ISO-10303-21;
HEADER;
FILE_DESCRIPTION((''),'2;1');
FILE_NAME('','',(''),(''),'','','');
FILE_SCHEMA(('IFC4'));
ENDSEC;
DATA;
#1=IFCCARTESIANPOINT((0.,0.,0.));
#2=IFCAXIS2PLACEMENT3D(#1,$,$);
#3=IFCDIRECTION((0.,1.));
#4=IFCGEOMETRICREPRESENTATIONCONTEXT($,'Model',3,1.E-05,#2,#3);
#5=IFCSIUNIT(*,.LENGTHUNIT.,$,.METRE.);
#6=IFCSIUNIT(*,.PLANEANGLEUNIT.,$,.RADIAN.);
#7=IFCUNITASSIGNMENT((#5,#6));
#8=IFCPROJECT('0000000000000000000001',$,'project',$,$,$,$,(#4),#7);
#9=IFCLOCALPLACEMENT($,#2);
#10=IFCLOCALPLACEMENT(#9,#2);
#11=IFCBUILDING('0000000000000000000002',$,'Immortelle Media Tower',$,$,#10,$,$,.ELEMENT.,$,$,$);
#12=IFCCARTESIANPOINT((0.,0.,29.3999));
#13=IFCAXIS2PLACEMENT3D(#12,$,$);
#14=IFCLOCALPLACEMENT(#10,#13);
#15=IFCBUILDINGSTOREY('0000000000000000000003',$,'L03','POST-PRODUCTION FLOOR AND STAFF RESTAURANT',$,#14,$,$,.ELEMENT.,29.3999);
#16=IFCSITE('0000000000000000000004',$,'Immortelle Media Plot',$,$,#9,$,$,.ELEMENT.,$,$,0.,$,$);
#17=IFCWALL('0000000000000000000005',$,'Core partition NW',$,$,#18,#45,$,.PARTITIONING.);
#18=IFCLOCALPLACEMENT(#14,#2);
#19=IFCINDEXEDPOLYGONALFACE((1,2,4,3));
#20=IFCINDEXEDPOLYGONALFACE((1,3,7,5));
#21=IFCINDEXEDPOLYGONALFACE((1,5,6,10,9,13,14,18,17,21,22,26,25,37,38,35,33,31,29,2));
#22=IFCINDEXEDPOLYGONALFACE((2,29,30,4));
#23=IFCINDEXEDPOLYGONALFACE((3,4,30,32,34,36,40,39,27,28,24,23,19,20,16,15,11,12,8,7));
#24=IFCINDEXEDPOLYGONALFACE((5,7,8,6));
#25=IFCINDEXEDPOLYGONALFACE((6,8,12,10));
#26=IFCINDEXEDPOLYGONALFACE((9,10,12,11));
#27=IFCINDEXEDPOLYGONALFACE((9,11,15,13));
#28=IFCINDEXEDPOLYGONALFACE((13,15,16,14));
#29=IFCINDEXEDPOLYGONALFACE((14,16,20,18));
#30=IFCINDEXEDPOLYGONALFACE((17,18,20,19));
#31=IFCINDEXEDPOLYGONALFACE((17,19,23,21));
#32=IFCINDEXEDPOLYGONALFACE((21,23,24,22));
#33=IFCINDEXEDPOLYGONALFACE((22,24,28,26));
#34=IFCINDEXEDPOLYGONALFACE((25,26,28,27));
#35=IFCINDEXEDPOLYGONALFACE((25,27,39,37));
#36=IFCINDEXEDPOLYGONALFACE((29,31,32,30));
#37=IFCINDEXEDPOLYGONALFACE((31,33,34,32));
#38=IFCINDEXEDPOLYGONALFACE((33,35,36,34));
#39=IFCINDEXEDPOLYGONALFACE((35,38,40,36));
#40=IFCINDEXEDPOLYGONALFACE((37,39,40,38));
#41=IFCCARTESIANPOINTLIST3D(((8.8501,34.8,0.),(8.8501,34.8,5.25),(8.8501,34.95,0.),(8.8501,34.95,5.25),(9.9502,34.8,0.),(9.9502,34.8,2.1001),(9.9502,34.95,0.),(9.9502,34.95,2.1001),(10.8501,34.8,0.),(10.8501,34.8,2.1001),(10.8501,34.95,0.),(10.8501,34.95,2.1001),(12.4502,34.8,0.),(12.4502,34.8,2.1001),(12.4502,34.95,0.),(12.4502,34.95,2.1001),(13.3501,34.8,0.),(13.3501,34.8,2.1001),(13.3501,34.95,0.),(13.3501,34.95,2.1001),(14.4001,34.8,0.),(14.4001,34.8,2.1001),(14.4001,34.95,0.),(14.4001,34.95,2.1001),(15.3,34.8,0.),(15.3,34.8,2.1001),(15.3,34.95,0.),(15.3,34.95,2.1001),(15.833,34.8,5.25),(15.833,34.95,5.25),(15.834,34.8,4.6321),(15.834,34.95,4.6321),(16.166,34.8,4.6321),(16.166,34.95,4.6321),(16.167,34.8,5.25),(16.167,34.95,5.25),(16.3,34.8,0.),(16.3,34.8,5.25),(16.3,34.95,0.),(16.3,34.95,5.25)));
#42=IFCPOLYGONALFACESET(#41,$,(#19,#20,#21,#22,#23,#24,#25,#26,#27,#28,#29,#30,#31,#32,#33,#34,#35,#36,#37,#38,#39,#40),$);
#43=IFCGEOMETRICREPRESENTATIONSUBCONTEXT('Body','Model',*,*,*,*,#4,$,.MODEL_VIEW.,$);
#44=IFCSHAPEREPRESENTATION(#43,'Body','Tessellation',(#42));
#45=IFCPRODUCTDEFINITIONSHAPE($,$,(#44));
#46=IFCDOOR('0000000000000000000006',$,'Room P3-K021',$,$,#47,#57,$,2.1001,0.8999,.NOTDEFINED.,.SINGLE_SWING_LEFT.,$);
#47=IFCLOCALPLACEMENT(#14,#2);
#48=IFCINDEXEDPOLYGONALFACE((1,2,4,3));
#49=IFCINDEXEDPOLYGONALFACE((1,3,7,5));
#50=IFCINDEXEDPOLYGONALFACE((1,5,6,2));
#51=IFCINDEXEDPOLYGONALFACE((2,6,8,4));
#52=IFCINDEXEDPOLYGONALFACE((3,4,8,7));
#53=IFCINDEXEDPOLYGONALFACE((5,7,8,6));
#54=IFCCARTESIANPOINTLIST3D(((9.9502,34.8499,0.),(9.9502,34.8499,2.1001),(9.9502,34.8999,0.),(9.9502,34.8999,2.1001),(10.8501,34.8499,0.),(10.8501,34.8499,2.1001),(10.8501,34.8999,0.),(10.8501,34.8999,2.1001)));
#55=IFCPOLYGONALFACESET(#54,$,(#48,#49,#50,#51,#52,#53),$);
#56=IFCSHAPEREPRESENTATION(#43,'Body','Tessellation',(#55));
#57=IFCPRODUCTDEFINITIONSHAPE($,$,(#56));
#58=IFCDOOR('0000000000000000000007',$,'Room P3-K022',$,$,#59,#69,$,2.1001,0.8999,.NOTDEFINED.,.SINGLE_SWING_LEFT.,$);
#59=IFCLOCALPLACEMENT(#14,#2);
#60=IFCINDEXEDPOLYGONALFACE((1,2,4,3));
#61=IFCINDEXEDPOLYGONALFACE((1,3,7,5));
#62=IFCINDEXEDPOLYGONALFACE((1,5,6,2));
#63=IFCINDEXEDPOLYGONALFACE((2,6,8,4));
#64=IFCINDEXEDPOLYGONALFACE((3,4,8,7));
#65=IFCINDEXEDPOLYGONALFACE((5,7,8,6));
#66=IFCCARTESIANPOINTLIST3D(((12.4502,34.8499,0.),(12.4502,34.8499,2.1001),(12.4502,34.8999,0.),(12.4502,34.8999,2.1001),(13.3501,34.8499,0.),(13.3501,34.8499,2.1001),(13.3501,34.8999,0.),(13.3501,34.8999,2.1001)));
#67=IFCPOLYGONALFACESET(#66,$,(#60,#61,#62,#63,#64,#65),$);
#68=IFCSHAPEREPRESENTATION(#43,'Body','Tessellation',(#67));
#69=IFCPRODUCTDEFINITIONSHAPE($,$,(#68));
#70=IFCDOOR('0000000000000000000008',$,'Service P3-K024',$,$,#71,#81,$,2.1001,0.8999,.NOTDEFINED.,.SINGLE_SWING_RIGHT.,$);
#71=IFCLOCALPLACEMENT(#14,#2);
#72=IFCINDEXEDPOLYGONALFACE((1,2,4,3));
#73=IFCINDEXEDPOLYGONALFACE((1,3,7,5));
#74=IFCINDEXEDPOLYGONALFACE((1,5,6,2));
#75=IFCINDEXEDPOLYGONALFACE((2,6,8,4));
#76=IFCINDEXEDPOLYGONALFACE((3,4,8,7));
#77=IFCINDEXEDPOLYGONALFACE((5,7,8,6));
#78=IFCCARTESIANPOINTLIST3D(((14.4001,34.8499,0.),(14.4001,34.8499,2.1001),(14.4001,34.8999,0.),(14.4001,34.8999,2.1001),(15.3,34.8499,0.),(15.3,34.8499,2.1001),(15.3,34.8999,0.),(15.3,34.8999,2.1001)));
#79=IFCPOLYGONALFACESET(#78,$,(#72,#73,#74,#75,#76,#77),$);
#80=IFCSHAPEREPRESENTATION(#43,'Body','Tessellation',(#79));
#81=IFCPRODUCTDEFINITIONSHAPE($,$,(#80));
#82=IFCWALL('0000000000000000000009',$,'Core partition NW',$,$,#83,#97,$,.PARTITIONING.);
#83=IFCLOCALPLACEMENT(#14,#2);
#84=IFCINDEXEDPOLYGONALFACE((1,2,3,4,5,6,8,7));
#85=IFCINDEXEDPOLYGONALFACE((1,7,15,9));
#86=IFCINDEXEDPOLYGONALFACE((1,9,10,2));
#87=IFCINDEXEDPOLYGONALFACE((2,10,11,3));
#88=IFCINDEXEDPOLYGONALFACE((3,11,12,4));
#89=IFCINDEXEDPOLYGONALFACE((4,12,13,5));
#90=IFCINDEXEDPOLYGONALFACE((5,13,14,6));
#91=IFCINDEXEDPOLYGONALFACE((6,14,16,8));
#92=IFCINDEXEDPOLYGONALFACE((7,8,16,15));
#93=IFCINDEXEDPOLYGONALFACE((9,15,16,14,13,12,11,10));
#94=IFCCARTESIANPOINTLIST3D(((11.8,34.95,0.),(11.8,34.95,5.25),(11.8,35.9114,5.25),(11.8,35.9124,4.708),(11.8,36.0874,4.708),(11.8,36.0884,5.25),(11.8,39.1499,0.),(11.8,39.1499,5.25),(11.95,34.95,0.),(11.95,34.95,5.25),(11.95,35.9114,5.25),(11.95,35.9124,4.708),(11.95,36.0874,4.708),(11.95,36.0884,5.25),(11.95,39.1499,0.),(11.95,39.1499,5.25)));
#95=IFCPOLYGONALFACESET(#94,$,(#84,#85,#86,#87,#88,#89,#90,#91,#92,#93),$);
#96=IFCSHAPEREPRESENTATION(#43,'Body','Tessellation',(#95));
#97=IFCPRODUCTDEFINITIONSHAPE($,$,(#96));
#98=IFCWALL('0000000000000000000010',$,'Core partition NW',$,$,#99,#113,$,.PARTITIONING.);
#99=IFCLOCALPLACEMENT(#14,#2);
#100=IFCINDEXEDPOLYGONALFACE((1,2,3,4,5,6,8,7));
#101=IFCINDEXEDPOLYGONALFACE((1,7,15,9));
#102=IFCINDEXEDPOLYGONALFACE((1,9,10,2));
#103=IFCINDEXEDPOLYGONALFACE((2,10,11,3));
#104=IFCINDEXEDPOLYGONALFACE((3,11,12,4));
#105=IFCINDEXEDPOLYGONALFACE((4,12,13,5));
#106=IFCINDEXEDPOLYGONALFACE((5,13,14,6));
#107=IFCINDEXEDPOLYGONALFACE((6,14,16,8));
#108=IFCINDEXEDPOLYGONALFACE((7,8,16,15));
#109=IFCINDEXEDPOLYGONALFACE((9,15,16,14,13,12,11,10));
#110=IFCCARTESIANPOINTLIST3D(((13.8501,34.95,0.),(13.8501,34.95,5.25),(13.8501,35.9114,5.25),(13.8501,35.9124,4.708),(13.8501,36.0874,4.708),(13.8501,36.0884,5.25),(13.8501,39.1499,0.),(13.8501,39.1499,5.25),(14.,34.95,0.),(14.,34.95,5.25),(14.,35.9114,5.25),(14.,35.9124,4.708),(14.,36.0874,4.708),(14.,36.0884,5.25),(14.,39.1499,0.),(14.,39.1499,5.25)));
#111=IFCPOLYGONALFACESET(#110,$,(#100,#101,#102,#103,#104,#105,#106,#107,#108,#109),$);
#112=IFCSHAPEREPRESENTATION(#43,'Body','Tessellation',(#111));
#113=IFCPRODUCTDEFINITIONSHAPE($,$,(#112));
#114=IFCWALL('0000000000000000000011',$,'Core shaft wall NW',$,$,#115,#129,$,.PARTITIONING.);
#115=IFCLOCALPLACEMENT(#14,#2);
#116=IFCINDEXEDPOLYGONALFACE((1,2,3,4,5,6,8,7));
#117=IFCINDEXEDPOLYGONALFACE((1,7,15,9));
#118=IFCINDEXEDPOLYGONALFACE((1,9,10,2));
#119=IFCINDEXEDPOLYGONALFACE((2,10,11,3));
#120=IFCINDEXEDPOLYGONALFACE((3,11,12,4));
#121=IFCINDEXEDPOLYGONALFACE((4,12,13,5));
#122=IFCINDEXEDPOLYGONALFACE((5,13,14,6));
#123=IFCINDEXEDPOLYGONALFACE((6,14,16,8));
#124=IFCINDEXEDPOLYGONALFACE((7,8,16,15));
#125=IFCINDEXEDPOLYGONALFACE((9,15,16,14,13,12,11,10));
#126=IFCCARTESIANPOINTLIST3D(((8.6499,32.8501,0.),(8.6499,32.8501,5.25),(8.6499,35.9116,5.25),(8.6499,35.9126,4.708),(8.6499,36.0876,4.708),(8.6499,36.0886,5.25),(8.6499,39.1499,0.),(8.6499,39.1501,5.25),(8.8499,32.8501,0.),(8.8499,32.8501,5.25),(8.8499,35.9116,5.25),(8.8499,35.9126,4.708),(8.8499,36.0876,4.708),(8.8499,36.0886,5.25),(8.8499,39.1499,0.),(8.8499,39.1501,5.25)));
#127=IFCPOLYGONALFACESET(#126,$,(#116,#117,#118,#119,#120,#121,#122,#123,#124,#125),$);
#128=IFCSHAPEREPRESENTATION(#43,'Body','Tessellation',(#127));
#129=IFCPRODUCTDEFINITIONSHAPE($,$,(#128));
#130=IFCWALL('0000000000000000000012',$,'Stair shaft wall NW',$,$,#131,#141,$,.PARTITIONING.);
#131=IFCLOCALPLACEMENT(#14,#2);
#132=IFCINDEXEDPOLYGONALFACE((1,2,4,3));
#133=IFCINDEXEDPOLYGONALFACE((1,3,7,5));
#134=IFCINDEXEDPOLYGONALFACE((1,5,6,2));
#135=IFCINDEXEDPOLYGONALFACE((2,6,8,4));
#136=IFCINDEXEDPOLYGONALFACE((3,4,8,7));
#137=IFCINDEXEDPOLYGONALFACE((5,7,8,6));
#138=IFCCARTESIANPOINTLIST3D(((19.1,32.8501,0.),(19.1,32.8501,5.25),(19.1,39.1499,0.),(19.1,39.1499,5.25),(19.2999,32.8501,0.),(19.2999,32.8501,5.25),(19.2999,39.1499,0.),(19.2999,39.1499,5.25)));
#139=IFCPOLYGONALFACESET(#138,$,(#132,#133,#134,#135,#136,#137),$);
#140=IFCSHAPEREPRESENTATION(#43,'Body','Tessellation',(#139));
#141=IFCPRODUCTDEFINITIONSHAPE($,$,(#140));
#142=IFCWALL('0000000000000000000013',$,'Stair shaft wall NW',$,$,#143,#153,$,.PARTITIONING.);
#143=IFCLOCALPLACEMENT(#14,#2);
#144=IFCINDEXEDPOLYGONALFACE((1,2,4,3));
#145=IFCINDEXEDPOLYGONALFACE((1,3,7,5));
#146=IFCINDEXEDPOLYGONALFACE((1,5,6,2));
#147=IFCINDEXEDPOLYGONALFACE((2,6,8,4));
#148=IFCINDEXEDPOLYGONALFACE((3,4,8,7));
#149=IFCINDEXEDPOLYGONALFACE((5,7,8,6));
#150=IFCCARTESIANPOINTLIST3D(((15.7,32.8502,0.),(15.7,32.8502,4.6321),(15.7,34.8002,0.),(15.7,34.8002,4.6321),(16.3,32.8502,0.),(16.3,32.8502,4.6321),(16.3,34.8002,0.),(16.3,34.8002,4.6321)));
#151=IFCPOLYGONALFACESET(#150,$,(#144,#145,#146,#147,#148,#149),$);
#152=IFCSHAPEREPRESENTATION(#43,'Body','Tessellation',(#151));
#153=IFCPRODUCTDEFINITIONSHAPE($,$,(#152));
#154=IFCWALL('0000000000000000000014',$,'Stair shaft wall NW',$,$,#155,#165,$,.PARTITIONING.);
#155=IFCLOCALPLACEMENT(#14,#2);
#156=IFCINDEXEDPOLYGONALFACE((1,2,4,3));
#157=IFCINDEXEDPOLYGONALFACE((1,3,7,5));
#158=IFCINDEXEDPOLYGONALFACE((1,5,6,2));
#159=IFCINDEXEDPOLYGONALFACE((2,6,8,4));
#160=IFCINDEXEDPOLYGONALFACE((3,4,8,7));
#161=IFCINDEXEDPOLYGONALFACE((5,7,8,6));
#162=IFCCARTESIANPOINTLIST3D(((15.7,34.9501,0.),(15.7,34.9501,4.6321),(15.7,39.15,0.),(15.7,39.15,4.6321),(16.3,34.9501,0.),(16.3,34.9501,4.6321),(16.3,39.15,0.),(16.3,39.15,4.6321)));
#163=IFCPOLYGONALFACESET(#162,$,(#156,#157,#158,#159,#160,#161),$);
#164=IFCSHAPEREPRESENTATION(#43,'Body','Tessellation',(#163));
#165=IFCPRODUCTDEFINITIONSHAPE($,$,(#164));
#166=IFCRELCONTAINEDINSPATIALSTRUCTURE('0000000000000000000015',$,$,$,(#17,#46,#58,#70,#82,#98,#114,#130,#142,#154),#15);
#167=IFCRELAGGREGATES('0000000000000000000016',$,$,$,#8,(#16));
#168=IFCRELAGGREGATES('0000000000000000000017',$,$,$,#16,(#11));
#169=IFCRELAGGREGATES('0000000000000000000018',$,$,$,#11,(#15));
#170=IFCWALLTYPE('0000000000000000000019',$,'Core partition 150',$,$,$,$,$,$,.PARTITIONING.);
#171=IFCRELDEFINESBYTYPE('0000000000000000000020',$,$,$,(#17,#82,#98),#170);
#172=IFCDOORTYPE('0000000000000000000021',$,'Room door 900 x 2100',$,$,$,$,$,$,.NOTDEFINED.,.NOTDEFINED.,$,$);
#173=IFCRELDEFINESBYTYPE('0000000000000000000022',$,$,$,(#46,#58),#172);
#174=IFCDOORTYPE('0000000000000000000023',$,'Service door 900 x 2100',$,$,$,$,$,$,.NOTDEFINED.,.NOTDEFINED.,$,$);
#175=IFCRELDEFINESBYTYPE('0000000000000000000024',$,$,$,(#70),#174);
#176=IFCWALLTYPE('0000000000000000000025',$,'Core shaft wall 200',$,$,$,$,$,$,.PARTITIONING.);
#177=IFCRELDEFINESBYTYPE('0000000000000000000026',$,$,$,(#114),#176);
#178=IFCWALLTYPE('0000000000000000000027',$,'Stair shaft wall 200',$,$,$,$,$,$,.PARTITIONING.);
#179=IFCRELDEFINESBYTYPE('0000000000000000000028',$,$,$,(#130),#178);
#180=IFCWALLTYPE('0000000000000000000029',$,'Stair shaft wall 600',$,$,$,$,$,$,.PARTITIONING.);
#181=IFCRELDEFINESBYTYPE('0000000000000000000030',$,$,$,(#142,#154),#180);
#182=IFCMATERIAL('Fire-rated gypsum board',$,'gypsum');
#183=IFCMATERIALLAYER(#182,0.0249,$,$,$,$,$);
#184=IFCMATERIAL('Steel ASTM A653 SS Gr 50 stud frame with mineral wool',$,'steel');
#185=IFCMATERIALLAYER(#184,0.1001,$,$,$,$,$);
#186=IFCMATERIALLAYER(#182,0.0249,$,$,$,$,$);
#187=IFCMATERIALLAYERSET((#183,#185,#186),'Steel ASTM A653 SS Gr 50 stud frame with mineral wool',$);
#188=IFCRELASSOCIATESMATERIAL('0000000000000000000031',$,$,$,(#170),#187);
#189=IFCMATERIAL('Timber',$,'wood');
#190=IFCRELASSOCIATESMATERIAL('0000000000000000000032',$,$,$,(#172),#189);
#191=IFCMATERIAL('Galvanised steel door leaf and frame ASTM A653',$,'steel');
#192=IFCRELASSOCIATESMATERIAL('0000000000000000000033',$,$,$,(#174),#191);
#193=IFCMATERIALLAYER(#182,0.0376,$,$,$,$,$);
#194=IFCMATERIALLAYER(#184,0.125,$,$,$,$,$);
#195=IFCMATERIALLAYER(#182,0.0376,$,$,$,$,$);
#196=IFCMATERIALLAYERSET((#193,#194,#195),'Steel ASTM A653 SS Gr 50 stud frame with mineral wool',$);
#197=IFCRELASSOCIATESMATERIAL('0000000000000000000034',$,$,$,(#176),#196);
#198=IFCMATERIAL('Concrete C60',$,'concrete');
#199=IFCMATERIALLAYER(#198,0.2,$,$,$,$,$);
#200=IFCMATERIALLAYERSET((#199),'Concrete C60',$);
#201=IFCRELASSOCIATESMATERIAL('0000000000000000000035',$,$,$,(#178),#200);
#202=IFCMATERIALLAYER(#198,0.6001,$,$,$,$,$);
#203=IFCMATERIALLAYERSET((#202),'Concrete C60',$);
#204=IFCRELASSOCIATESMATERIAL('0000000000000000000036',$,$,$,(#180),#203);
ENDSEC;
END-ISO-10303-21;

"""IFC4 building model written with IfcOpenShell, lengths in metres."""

from ifc_helpers import new_model, si_unit, direction, frame, frame_2d, origin, place, context, subcontext, project, spatial, polyline, rectangle, outline, extrude, material, layer, layer_set, type_object, element, fill, save


model = new_model("IFC4")

# Units and contexts
model_context = context("Model", 3, precision=1e-05, world=origin(), true_north=direction((0.0, 1.0)))
body_context = subcontext(model_context, "Body", "Model", "MODEL_VIEW")
ifc_project = project(units=[si_unit("LENGTHUNIT", "METRE"), si_unit("PLANEANGLEUNIT", "RADIAN")], contexts=[model_context])

# Site, building, storey
site_placement = place(None, origin())
site = spatial("IfcSite", under=ifc_project, at=site_placement, Name="Immortelle Media Plot", CompositionType="ELEMENT", RefElevation=0.0)
building_placement = place(site_placement, origin())
building = spatial("IfcBuilding", under=site, at=building_placement, Name="Immortelle Media Tower", CompositionType="ELEMENT")
storey_placement = place(building_placement, frame((0.0, 0.0, 29.3999)))
storey = spatial("IfcBuildingStorey", under=building, at=storey_placement, Name="L03", Description="POST-PRODUCTION FLOOR AND STAFF RESTAURANT", CompositionType="ELEMENT", Elevation=29.3999)

# Wall, openings, doors
ifc_material_1 = material(Name="Fire-rated gypsum board", Category="gypsum")
ifc_layer_1 = layer(ifc_material_1, 0.0249)
ifc_material_2 = material(Name="Steel ASTM A653 SS Gr 50 stud frame with mineral wool", Category="steel")
ifc_layer_2 = layer(ifc_material_2, 0.1001)
ifc_layer_3 = layer(ifc_material_1, 0.0249)
ifc_layer_set_1 = layer_set([ifc_layer_1, ifc_layer_2, ifc_layer_3], Name="Steel ASTM A653 SS Gr 50 stud frame with mineral wool")
wall_type_1 = type_object("IfcWallType", Name="Core partition 150", PredefinedType="PARTITIONING", material=ifc_layer_set_1)
wall_1_placement = place(storey_placement, frame((8.8501, 34.875, 0.0), z_axis=(0.0, 0.0, 1.0), x_axis=(1.0, 0.0, 0.0)))
wall_1 = element("IfcWall", 1, at=wall_1_placement, inside=storey, type_object=wall_type_1, Name="Core partition NW", PredefinedType="PARTITIONING", context=body_context, shape_type="SweptSolid", body=[
    extrude(outline(polyline([(0.0, 0.0), (7.45, 0.0), (7.45, 5.25), (7.3169, 5.25), (7.3159, 4.6321), (6.9839, 4.6321), (6.9829, 5.25), (0.0, 5.25), (0.0, 0.0)])), frame((0.0, 0.075, 0.0), z_axis=(0.0, -1.0, 0.0), x_axis=(1.0, 0.0, 0.0)), (0.0, 0.0, 1.0), 0.1499),
])
opening_1_placement = place(wall_1_placement, frame((1.1001, 0.0, 0.0)))
opening_1 = element("IfcOpeningElement", 2, at=opening_1_placement, cuts=wall_1, PredefinedType="OPENING", context=body_context, shape_type="SweptSolid", body=[
    extrude(rectangle(XDim=0.8999, YDim=2.1001, at=frame_2d((0.45, 1.05))), frame((0.0, 0.085, 0.0), z_axis=(0.0, -1.0, 0.0), x_axis=(1.0, 0.0, 0.0)), (0.0, 0.0, 1.0), 0.1699),
])
opening_2_placement = place(wall_1_placement, frame((3.6001, 0.0, 0.0)))
opening_2 = element("IfcOpeningElement", 3, at=opening_2_placement, cuts=wall_1, PredefinedType="OPENING", context=body_context, shape_type="SweptSolid", body=[
    extrude(rectangle(XDim=0.8999, YDim=2.1001, at=frame_2d((0.45, 1.05))), frame((0.0, 0.085, 0.0), z_axis=(0.0, -1.0, 0.0), x_axis=(1.0, 0.0, 0.0)), (0.0, 0.0, 1.0), 0.1699),
])
opening_3_placement = place(wall_1_placement, frame((5.55, 0.0, 0.0)))
opening_3 = element("IfcOpeningElement", 4, at=opening_3_placement, cuts=wall_1, PredefinedType="OPENING", context=body_context, shape_type="SweptSolid", body=[
    extrude(rectangle(XDim=0.8999, YDim=2.1001, at=frame_2d((0.45, 1.05))), frame((0.0, 0.085, 0.0), z_axis=(0.0, -1.0, 0.0), x_axis=(1.0, 0.0, 0.0)), (0.0, 0.0, 1.0), 0.1699),
])
ifc_material_3 = material(Name="Timber", Category="wood")
door_type_1 = type_object("IfcDoorType", Name="Room door 900 x 2100", OperationType="NOTDEFINED", PredefinedType="NOTDEFINED", material=ifc_material_3)
door_1_placement = place(opening_1_placement, origin())
door_1 = element("IfcDoor", 5, at=door_1_placement, inside=storey, type_object=door_type_1, Name="Room P3-K021", OperationType="SINGLE_SWING_LEFT", OverallHeight=2.1001, OverallWidth=0.8999, PredefinedType="NOTDEFINED", context=body_context, shape_type="SweptSolid", body=[
    extrude(rectangle(XDim=0.8999, YDim=2.1001, at=frame_2d((0.45, 1.05))), frame((0.0, 0.0249, 0.0), z_axis=(0.0, -1.0, 0.0), x_axis=(1.0, 0.0, 0.0)), (0.0, 0.0, 1.0), 0.05),
])
fill(opening_1, door_1)
door_2_placement = place(opening_2_placement, origin())
door_2 = element("IfcDoor", 6, at=door_2_placement, inside=storey, type_object=door_type_1, Name="Room P3-K022", OperationType="SINGLE_SWING_LEFT", OverallHeight=2.1001, OverallWidth=0.8999, PredefinedType="NOTDEFINED", context=body_context, shape_type="SweptSolid", body=[
    extrude(rectangle(XDim=0.8999, YDim=2.1001, at=frame_2d((0.45, 1.05))), frame((0.0, 0.0249, 0.0), z_axis=(0.0, -1.0, 0.0), x_axis=(1.0, 0.0, 0.0)), (0.0, 0.0, 1.0), 0.05),
])
fill(opening_2, door_2)
ifc_material_4 = material(Name="Galvanised steel door leaf and frame ASTM A653", Category="steel")
door_type_2 = type_object("IfcDoorType", Name="Service door 900 x 2100", OperationType="NOTDEFINED", PredefinedType="NOTDEFINED", material=ifc_material_4)
door_3_placement = place(opening_3_placement, origin())
door_3 = element("IfcDoor", 7, at=door_3_placement, inside=storey, type_object=door_type_2, Name="Service P3-K024", OperationType="SINGLE_SWING_RIGHT", OverallHeight=2.1001, OverallWidth=0.8999, PredefinedType="NOTDEFINED", context=body_context, shape_type="SweptSolid", body=[
    extrude(rectangle(XDim=0.8999, YDim=2.1001, at=frame_2d((0.45, 1.05))), frame((0.0, 0.0249, 0.0), z_axis=(0.0, -1.0, 0.0), x_axis=(1.0, 0.0, 0.0)), (0.0, 0.0, 1.0), 0.05),
])
fill(opening_3, door_3)

# Walls
for number, where, z_axis, x_axis, name in (
    (8, (11.875, 34.95, 0.0), (0.0, 0.0, 1.0), (0.0, 1.0, 0.0), "Core partition NW"),
    (9, (13.925, 34.95, 0.0), (0.0, 0.0, 1.0), (0.0, 1.0, 0.0), "Core partition NW"),
):
    element("IfcWall", number, at=place(storey_placement, frame(where, z_axis=z_axis, x_axis=x_axis)), inside=storey, type_object=wall_type_1, Name=name, PredefinedType="PARTITIONING", context=body_context, shape_type="SweptSolid", body=[
        extrude(outline(polyline([(0.0, 0.0), (4.2, 0.0), (4.2, 5.25), (1.1384, 5.25), (1.1375, 4.708), (0.9624, 4.708), (0.9614, 5.25), (0.0, 5.25), (0.0, 0.0)])), frame((0.0, 0.075, 0.0), z_axis=(0.0, -1.0, 0.0), x_axis=(1.0, 0.0, 0.0)), (0.0, 0.0, 1.0), 0.1499),
    ])
ifc_layer_4 = layer(ifc_material_1, 0.0376)
ifc_layer_5 = layer(ifc_material_2, 0.125)
ifc_layer_6 = layer(ifc_material_1, 0.0376)
ifc_layer_set_2 = layer_set([ifc_layer_4, ifc_layer_5, ifc_layer_6], Name="Steel ASTM A653 SS Gr 50 stud frame with mineral wool")
wall_type_2 = type_object("IfcWallType", Name="Core shaft wall 200", PredefinedType="PARTITIONING", material=ifc_layer_set_2)
wall_2_placement = place(storey_placement, frame((8.75, 32.8501, 0.0), z_axis=(0.0, 0.0, 1.0), x_axis=(0.0, 1.0, 0.0)))
element("IfcWall", 10, at=wall_2_placement, inside=storey, type_object=wall_type_2, Name="Core shaft wall NW", PredefinedType="PARTITIONING", context=body_context, shape_type="SweptSolid", body=[
    extrude(outline(polyline([(0.0, 0.0), (6.2998, 0.0), (6.3, 5.25), (3.2385, 5.25), (3.2375, 4.708), (3.0625, 4.708), (3.0615, 5.25), (0.0, 5.25), (0.0, 0.0)])), frame((0.0, 0.1001, 0.0), z_axis=(0.0, -1.0, 0.0), x_axis=(1.0, 0.0, 0.0)), (0.0, 0.0, 1.0), 0.2),
])
ifc_material_5 = material(Name="Concrete C60", Category="concrete")
ifc_layer_7 = layer(ifc_material_5, 0.2)
ifc_layer_set_3 = layer_set([ifc_layer_7], Name="Concrete C60")
wall_type_3 = type_object("IfcWallType", Name="Stair shaft wall 200", PredefinedType="PARTITIONING", material=ifc_layer_set_3)
wall_3_placement = place(storey_placement, frame((19.2, 32.8501, 0.0), z_axis=(0.0, 0.0, 1.0), x_axis=(0.0, 1.0, 0.0)))
element("IfcWall", 11, at=wall_3_placement, inside=storey, type_object=wall_type_3, Name="Stair shaft wall NW", PredefinedType="PARTITIONING", context=body_context, shape_type="SweptSolid", body=[
    extrude(rectangle(XDim=6.2998, YDim=0.2, at=frame_2d((3.1499, 0.0))), origin(), (0.0, 0.0, 1.0), 5.25),
])
ifc_layer_8 = layer(ifc_material_5, 0.6001)
ifc_layer_set_4 = layer_set([ifc_layer_8], Name="Concrete C60")
wall_type_4 = type_object("IfcWallType", Name="Stair shaft wall 600", PredefinedType="PARTITIONING", material=ifc_layer_set_4)
wall_4_placement = place(storey_placement, frame((16.0, 32.8501, 0.0), z_axis=(0.0, 0.0, 1.0), x_axis=(0.0, 1.0, 0.0)))
element("IfcWall", 12, at=wall_4_placement, inside=storey, type_object=wall_type_4, Name="Stair shaft wall NW", PredefinedType="PARTITIONING", context=body_context, shape_type="SweptSolid", body=[
    extrude(rectangle(XDim=1.95, YDim=0.6001, at=frame_2d((0.9751, 0.0))), origin(), (0.0, 0.0, 1.0), 4.6321),
])
wall_5_placement = place(storey_placement, frame((16.0, 34.95, 0.0), z_axis=(0.0, 0.0, 1.0), x_axis=(0.0, 1.0, 0.0)))
element("IfcWall", 13, at=wall_5_placement, inside=storey, type_object=wall_type_4, Name="Stair shaft wall NW", PredefinedType="PARTITIONING", context=body_context, shape_type="SweptSolid", body=[
    extrude(rectangle(XDim=4.2, YDim=0.6001, at=frame_2d((2.1001, 0.0))), origin(), (0.0, 0.0, 1.0), 4.6321),
])

save(model, "model.ifc")
